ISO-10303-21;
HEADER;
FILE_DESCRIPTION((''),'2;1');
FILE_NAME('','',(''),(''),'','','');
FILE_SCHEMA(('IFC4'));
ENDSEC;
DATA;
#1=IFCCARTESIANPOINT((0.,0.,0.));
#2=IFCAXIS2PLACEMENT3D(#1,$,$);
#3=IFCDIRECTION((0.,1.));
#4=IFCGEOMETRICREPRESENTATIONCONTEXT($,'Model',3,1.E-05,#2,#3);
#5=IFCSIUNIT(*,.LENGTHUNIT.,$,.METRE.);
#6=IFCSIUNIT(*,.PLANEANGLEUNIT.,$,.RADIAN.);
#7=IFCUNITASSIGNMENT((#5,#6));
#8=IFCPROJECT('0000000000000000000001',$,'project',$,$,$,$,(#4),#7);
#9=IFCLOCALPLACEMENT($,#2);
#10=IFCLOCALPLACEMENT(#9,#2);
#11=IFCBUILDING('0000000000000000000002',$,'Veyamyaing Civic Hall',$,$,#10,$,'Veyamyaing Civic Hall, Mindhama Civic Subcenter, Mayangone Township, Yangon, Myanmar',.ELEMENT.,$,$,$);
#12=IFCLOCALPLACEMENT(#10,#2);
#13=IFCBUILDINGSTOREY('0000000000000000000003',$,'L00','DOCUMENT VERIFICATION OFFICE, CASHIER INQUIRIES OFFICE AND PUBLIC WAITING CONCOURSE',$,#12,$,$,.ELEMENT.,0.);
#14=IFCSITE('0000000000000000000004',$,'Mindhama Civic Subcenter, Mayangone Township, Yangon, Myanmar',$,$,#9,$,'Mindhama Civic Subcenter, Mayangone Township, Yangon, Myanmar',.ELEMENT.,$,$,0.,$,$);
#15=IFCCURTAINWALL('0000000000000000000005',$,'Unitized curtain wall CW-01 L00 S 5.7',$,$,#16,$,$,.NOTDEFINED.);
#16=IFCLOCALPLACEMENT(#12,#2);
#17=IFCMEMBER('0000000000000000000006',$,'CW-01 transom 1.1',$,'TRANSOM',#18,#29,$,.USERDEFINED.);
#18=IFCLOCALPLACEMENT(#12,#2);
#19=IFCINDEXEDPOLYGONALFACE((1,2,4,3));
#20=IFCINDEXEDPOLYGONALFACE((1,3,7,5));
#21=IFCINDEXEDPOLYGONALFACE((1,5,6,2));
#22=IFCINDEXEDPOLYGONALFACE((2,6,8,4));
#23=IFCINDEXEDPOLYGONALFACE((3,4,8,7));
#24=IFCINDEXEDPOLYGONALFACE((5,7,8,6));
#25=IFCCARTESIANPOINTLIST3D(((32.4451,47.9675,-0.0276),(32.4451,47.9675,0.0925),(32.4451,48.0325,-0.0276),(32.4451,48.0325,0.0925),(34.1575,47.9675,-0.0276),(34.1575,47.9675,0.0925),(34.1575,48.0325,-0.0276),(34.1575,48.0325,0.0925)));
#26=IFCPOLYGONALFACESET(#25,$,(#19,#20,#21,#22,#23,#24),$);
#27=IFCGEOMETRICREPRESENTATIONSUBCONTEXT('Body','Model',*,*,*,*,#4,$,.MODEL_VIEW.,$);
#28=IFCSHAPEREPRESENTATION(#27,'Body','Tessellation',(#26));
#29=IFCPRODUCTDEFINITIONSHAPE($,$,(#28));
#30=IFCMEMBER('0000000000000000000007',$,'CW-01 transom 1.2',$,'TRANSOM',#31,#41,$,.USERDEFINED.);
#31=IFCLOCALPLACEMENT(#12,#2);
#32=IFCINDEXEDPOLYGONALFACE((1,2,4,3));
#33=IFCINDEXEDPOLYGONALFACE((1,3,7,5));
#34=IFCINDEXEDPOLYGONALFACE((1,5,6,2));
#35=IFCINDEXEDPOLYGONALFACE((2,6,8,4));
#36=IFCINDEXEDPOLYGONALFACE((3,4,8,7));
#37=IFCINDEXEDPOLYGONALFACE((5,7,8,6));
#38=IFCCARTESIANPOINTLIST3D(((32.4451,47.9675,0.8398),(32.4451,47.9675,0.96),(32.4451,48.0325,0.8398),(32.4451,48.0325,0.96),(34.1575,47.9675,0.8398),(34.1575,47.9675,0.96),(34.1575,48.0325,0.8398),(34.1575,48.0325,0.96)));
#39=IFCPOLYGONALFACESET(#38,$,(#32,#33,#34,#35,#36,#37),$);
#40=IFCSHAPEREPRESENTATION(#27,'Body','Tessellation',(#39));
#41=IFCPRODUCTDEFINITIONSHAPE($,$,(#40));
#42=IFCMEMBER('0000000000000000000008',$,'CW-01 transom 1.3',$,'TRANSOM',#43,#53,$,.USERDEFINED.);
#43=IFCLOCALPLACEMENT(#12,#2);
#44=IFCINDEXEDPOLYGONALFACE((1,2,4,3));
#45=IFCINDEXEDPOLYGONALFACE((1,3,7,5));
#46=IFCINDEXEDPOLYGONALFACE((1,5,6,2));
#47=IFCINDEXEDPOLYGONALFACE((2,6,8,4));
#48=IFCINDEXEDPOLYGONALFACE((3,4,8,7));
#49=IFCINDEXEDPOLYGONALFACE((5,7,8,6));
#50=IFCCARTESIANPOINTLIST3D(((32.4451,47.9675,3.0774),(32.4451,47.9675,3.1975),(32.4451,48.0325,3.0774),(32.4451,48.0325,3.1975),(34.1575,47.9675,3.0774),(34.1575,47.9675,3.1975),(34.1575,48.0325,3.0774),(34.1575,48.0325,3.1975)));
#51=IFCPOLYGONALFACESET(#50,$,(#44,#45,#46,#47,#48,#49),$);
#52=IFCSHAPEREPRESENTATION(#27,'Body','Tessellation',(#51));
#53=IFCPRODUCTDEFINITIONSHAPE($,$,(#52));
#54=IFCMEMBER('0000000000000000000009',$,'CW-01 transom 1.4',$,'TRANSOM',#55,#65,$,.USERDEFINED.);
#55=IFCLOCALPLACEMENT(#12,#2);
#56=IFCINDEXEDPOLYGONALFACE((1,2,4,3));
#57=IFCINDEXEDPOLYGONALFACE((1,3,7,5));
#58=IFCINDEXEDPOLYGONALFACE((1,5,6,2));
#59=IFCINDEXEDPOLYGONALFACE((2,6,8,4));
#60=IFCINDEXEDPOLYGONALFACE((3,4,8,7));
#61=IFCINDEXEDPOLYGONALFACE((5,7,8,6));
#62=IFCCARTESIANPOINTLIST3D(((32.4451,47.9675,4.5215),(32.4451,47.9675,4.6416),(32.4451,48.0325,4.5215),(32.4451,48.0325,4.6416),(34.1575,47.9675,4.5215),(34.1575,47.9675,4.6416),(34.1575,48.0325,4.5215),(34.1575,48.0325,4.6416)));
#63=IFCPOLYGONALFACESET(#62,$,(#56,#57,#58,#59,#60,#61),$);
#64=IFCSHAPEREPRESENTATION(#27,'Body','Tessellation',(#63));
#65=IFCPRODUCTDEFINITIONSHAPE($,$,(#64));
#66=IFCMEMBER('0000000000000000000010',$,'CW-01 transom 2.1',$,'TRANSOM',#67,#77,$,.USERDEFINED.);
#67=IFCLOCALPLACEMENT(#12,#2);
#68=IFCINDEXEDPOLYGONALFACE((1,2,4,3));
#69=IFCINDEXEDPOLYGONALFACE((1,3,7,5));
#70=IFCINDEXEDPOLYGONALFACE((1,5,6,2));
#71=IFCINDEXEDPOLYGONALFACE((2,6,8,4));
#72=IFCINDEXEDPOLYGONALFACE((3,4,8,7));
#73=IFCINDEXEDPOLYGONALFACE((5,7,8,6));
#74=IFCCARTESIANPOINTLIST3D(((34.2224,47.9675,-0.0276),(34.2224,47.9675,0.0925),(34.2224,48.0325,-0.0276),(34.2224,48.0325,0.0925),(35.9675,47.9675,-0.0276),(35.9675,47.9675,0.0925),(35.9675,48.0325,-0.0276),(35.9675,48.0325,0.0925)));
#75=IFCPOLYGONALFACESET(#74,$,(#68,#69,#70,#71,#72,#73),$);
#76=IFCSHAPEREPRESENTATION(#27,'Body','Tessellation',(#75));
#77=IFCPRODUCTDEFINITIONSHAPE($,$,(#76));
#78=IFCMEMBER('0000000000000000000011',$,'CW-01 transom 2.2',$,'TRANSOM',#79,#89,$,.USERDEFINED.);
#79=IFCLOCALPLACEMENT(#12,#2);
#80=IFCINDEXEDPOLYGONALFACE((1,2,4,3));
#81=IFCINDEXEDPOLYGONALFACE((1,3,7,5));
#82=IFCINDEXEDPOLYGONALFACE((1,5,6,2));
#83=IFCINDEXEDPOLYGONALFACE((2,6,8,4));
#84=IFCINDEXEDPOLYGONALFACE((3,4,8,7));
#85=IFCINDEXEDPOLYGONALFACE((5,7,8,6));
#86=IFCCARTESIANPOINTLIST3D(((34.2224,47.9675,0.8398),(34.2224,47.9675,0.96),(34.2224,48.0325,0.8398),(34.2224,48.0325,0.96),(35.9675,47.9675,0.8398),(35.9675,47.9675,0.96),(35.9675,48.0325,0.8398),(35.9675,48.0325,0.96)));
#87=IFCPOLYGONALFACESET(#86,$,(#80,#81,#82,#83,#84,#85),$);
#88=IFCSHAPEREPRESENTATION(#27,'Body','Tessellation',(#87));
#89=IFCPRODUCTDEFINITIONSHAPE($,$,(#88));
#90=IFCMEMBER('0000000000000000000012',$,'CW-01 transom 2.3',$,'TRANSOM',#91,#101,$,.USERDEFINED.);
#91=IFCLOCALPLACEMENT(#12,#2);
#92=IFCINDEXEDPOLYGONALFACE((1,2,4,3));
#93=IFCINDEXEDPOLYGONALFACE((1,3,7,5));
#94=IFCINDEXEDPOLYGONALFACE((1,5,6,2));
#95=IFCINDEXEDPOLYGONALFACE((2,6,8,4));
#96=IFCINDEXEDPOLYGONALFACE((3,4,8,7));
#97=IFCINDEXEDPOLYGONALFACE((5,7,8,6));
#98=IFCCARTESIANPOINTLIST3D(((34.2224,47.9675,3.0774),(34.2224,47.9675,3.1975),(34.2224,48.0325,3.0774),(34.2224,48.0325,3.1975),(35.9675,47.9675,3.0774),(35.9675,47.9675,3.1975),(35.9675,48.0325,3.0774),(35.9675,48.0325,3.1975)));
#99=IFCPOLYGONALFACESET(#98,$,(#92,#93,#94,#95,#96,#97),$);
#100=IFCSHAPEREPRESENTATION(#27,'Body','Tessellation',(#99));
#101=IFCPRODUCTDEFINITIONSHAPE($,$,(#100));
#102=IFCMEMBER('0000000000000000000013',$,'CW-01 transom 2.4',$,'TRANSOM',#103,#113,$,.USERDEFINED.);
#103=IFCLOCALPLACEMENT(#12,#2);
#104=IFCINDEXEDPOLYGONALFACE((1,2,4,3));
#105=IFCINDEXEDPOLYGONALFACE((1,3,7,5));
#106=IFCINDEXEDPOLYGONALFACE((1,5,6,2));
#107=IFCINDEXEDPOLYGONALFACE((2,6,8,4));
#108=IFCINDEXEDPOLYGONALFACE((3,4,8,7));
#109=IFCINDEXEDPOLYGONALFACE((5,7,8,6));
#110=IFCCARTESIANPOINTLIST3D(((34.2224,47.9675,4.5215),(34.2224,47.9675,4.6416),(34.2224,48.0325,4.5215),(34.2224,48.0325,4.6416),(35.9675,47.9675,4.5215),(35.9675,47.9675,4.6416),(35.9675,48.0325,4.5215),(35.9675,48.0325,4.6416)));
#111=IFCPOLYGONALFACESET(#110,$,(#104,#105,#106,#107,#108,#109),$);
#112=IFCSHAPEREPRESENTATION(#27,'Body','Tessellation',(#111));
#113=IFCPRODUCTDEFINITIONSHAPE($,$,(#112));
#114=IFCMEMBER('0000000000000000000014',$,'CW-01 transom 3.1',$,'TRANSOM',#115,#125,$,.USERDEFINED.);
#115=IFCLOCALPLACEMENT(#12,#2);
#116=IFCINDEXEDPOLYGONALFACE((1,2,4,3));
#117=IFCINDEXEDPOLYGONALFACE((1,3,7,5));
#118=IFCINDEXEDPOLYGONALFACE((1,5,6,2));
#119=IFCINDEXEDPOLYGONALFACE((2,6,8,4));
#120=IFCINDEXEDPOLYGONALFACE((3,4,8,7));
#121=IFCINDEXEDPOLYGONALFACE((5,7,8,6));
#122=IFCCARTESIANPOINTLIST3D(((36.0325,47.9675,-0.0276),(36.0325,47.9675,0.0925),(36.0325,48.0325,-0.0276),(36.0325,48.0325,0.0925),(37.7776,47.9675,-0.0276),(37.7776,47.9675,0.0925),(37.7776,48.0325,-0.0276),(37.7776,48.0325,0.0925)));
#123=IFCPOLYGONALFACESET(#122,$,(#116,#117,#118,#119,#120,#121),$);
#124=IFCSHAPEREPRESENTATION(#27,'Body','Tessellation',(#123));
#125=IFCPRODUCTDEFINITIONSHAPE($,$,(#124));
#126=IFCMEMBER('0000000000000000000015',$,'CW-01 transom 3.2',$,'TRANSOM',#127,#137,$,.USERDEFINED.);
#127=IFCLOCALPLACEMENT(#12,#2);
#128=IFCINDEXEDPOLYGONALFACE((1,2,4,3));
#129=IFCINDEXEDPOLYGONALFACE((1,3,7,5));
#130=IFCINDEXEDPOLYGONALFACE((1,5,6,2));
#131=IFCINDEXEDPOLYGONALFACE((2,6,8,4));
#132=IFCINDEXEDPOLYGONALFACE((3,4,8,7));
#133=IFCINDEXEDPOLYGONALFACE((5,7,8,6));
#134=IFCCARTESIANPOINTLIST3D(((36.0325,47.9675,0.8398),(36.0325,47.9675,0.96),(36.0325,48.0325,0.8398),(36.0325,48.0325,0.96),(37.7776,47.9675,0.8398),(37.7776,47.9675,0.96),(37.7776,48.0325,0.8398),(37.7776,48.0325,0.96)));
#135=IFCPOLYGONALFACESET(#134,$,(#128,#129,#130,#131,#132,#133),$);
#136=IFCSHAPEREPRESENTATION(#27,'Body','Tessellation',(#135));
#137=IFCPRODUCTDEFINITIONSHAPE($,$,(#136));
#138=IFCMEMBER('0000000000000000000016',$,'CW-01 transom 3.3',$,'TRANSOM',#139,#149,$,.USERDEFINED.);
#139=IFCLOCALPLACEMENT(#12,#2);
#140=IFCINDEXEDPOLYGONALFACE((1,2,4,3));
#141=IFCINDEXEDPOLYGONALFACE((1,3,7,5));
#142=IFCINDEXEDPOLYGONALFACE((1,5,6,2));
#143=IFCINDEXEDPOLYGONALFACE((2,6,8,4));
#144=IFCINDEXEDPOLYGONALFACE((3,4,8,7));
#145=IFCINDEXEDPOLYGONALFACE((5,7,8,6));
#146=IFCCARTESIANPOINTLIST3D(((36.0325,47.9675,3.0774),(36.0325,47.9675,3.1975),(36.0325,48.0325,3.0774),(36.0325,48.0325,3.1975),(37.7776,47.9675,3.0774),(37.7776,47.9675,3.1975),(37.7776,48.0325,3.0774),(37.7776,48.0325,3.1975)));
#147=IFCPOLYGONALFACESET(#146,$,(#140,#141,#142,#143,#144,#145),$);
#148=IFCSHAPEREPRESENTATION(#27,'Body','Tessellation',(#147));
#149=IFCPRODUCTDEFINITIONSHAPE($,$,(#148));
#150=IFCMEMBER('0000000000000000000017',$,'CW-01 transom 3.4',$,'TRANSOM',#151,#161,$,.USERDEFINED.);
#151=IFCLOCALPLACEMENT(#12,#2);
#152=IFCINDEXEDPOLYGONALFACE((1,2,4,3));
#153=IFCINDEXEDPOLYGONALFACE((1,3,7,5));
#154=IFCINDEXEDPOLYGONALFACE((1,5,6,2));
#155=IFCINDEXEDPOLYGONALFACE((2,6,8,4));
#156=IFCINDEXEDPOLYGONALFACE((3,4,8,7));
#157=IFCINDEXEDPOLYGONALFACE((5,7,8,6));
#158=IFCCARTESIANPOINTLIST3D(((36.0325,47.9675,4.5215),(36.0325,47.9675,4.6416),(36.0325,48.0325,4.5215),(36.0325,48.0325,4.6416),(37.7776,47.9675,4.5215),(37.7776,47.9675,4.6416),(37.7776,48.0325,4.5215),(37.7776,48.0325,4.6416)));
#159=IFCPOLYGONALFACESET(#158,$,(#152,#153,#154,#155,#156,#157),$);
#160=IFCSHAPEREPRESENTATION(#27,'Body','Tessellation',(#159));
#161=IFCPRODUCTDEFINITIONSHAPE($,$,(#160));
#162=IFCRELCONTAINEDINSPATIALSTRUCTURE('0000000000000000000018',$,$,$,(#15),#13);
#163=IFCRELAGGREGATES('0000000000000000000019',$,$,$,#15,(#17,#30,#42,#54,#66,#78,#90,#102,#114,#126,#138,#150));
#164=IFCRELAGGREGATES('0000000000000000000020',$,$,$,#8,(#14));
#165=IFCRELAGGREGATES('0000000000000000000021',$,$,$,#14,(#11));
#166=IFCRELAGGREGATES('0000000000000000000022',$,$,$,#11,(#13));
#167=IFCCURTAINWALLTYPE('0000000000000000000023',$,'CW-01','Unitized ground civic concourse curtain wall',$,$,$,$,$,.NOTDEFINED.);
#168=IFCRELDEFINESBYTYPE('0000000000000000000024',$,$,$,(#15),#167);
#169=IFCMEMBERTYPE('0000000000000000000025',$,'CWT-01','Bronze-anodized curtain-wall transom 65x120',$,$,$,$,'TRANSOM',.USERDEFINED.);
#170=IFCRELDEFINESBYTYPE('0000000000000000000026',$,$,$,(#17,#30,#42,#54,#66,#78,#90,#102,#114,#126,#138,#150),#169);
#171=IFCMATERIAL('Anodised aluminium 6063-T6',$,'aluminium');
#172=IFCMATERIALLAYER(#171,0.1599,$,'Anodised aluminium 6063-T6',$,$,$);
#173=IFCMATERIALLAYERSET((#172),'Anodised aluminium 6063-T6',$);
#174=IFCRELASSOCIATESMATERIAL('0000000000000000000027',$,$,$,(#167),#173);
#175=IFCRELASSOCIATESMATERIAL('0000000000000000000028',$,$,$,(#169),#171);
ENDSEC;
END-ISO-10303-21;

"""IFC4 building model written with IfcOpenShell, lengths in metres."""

from ifc_helpers import new_model, si_unit, direction, frame, origin, origin_2d, place, context, subcontext, project, spatial, rectangle, extrude, material, layer, layer_set, material_profile, profile_set, type_object, element, aggregate, save


model = new_model("IFC4")

# Units and contexts
model_context = context("Model", 3, precision=1e-05, world=origin(), true_north=direction((0.0, 1.0)))
body_context = subcontext(model_context, "Body", "Model", "MODEL_VIEW")
ifc_project = project(units=[si_unit("LENGTHUNIT", "METRE"), si_unit("PLANEANGLEUNIT", "RADIAN")], contexts=[model_context])

# Site, building, storey
site_placement = place(None, origin())
site = spatial("IfcSite", under=ifc_project, at=site_placement, Name="Mindhama Civic Subcenter, Mayangone Township, Yangon, Myanmar", LongName="Mindhama Civic Subcenter, Mayangone Township, Yangon, Myanmar", CompositionType="ELEMENT", RefElevation=0.0)
building_placement = place(site_placement, origin())
building = spatial("IfcBuilding", under=site, at=building_placement, Name="Veyamyaing Civic Hall", LongName="Veyamyaing Civic Hall, Mindhama Civic Subcenter, Mayangone Township, Yangon, Myanmar", CompositionType="ELEMENT")
storey_placement = place(building_placement, origin())
storey = spatial("IfcBuildingStorey", under=building, at=storey_placement, Name="L00", Description="DOCUMENT VERIFICATION OFFICE, CASHIER INQUIRIES OFFICE AND PUBLIC WAITING CONCOURSE", CompositionType="ELEMENT", Elevation=0.0)

# Shared definitions
ifc_material_1 = material(Name="Anodised aluminium 6063-T6", Category="aluminium")
ifc_layer_1 = layer(ifc_material_1, 0.1599, Name="Anodised aluminium 6063-T6")
ifc_layer_set_1 = layer_set([ifc_layer_1], Name="Anodised aluminium 6063-T6")
curtain_wall_type = type_object("IfcCurtainWallType", Name="CW-01", Description="Unitized ground civic concourse curtain wall", PredefinedType="NOTDEFINED", material=ifc_layer_set_1)

# Curtain wall
curtain_wall_1_placement = place(storey_placement, origin())
curtain_wall_1 = element("IfcCurtainWall", 1, at=curtain_wall_1_placement, inside=storey, type_object=curtain_wall_type, Name="Unitized curtain wall CW-01 L00 S 5.7", PredefinedType="NOTDEFINED")

# Members
ifc_material_profile_1 = material_profile(ifc_material_1, rectangle(XDim=0.0649, YDim=0.1201, at=origin_2d()), Name="ALU-TRN-65X120")
ifc_profile_set_1 = profile_set([ifc_material_profile_1], Name="Anodised aluminium 6063-T6")
member_type_1 = type_object("IfcMemberType", Name="CWT-01", Description="Bronze-anodized curtain-wall transom 65x120", ElementType="TRANSOM", PredefinedType="USERDEFINED", material=ifc_profile_set_1)
member_1_placement = place(storey_placement, frame((32.4451, 48.0, 0.0325), z_axis=(1.0, 0.0, 0.0), x_axis=(0.0, 1.0, 0.0)))
member_1 = element("IfcMember", 2, at=member_1_placement, type_object=member_type_1, Name="CW-01 transom 1.1", ObjectType="TRANSOM", PredefinedType="USERDEFINED", context=body_context, shape_type="SweptSolid", body=[
    extrude(rectangle(XDim=0.0649, YDim=0.1201, at=origin_2d()), origin(), (0.0, 0.0, 1.0), 1.7124),
])
member_2_placement = place(storey_placement, frame((32.4451, 48.0, 0.8999), z_axis=(1.0, 0.0, 0.0), x_axis=(0.0, 1.0, 0.0)))
member_2 = element("IfcMember", 3, at=member_2_placement, type_object=member_type_1, Name="CW-01 transom 1.2", ObjectType="TRANSOM", PredefinedType="USERDEFINED", context=body_context, shape_type="SweptSolid", body=[
    extrude(rectangle(XDim=0.0649, YDim=0.1201, at=origin_2d()), origin(), (0.0, 0.0, 1.0), 1.7124),
])
member_3_placement = place(storey_placement, frame((32.4451, 48.0, 3.1375), z_axis=(1.0, 0.0, 0.0), x_axis=(0.0, 1.0, 0.0)))
member_3 = element("IfcMember", 4, at=member_3_placement, type_object=member_type_1, Name="CW-01 transom 1.3", ObjectType="TRANSOM", PredefinedType="USERDEFINED", context=body_context, shape_type="SweptSolid", body=[
    extrude(rectangle(XDim=0.0649, YDim=0.1201, at=origin_2d()), origin(), (0.0, 0.0, 1.0), 1.7124),
])
member_4_placement = place(storey_placement, frame((32.4451, 48.0, 4.5815), z_axis=(1.0, 0.0, 0.0), x_axis=(0.0, 1.0, 0.0)))
member_4 = element("IfcMember", 5, at=member_4_placement, type_object=member_type_1, Name="CW-01 transom 1.4", ObjectType="TRANSOM", PredefinedType="USERDEFINED", context=body_context, shape_type="SweptSolid", body=[
    extrude(rectangle(XDim=0.0649, YDim=0.1201, at=origin_2d()), origin(), (0.0, 0.0, 1.0), 1.7124),
])
member_5_placement = place(storey_placement, frame((34.2224, 48.0, 0.0325), z_axis=(1.0, 0.0, 0.0), x_axis=(0.0, 1.0, 0.0)))
member_5 = element("IfcMember", 6, at=member_5_placement, type_object=member_type_1, Name="CW-01 transom 2.1", ObjectType="TRANSOM", PredefinedType="USERDEFINED", context=body_context, shape_type="SweptSolid", body=[
    extrude(rectangle(XDim=0.0649, YDim=0.1201, at=origin_2d()), origin(), (0.0, 0.0, 1.0), 1.7451),
])
member_6_placement = place(storey_placement, frame((34.2224, 48.0, 0.8999), z_axis=(1.0, 0.0, 0.0), x_axis=(0.0, 1.0, 0.0)))
member_6 = element("IfcMember", 7, at=member_6_placement, type_object=member_type_1, Name="CW-01 transom 2.2", ObjectType="TRANSOM", PredefinedType="USERDEFINED", context=body_context, shape_type="SweptSolid", body=[
    extrude(rectangle(XDim=0.0649, YDim=0.1201, at=origin_2d()), origin(), (0.0, 0.0, 1.0), 1.7451),
])
member_7_placement = place(storey_placement, frame((34.2224, 48.0, 3.1375), z_axis=(1.0, 0.0, 0.0), x_axis=(0.0, 1.0, 0.0)))
member_7 = element("IfcMember", 8, at=member_7_placement, type_object=member_type_1, Name="CW-01 transom 2.3", ObjectType="TRANSOM", PredefinedType="USERDEFINED", context=body_context, shape_type="SweptSolid", body=[
    extrude(rectangle(XDim=0.0649, YDim=0.1201, at=origin_2d()), origin(), (0.0, 0.0, 1.0), 1.7451),
])
member_8_placement = place(storey_placement, frame((34.2224, 48.0, 4.5815), z_axis=(1.0, 0.0, 0.0), x_axis=(0.0, 1.0, 0.0)))
member_8 = element("IfcMember", 9, at=member_8_placement, type_object=member_type_1, Name="CW-01 transom 2.4", ObjectType="TRANSOM", PredefinedType="USERDEFINED", context=body_context, shape_type="SweptSolid", body=[
    extrude(rectangle(XDim=0.0649, YDim=0.1201, at=origin_2d()), origin(), (0.0, 0.0, 1.0), 1.7451),
])
member_9_placement = place(storey_placement, frame((36.0325, 48.0, 0.0325), z_axis=(1.0, 0.0, 0.0), x_axis=(0.0, 1.0, 0.0)))
member_9 = element("IfcMember", 10, at=member_9_placement, type_object=member_type_1, Name="CW-01 transom 3.1", ObjectType="TRANSOM", PredefinedType="USERDEFINED", context=body_context, shape_type="SweptSolid", body=[
    extrude(rectangle(XDim=0.0649, YDim=0.1201, at=origin_2d()), origin(), (0.0, 0.0, 1.0), 1.7451),
])
member_10_placement = place(storey_placement, frame((36.0325, 48.0, 0.8999), z_axis=(1.0, 0.0, 0.0), x_axis=(0.0, 1.0, 0.0)))
member_10 = element("IfcMember", 11, at=member_10_placement, type_object=member_type_1, Name="CW-01 transom 3.2", ObjectType="TRANSOM", PredefinedType="USERDEFINED", context=body_context, shape_type="SweptSolid", body=[
    extrude(rectangle(XDim=0.0649, YDim=0.1201, at=origin_2d()), origin(), (0.0, 0.0, 1.0), 1.7451),
])
member_11_placement = place(storey_placement, frame((36.0325, 48.0, 3.1375), z_axis=(1.0, 0.0, 0.0), x_axis=(0.0, 1.0, 0.0)))
member_11 = element("IfcMember", 12, at=member_11_placement, type_object=member_type_1, Name="CW-01 transom 3.3", ObjectType="TRANSOM", PredefinedType="USERDEFINED", context=body_context, shape_type="SweptSolid", body=[
    extrude(rectangle(XDim=0.0649, YDim=0.1201, at=origin_2d()), origin(), (0.0, 0.0, 1.0), 1.7451),
])
member_12_placement = place(storey_placement, frame((36.0325, 48.0, 4.5815), z_axis=(1.0, 0.0, 0.0), x_axis=(0.0, 1.0, 0.0)))
member_12 = element("IfcMember", 13, at=member_12_placement, type_object=member_type_1, Name="CW-01 transom 3.4", ObjectType="TRANSOM", PredefinedType="USERDEFINED", context=body_context, shape_type="SweptSolid", body=[
    extrude(rectangle(XDim=0.0649, YDim=0.1201, at=origin_2d()), origin(), (0.0, 0.0, 1.0), 1.7451),
])

aggregate(curtain_wall_1, [member_1, member_2, member_3, member_4, member_5, member_6, member_7, member_8, member_9, member_10, member_11, member_12])

save(model, "model.ifc")
